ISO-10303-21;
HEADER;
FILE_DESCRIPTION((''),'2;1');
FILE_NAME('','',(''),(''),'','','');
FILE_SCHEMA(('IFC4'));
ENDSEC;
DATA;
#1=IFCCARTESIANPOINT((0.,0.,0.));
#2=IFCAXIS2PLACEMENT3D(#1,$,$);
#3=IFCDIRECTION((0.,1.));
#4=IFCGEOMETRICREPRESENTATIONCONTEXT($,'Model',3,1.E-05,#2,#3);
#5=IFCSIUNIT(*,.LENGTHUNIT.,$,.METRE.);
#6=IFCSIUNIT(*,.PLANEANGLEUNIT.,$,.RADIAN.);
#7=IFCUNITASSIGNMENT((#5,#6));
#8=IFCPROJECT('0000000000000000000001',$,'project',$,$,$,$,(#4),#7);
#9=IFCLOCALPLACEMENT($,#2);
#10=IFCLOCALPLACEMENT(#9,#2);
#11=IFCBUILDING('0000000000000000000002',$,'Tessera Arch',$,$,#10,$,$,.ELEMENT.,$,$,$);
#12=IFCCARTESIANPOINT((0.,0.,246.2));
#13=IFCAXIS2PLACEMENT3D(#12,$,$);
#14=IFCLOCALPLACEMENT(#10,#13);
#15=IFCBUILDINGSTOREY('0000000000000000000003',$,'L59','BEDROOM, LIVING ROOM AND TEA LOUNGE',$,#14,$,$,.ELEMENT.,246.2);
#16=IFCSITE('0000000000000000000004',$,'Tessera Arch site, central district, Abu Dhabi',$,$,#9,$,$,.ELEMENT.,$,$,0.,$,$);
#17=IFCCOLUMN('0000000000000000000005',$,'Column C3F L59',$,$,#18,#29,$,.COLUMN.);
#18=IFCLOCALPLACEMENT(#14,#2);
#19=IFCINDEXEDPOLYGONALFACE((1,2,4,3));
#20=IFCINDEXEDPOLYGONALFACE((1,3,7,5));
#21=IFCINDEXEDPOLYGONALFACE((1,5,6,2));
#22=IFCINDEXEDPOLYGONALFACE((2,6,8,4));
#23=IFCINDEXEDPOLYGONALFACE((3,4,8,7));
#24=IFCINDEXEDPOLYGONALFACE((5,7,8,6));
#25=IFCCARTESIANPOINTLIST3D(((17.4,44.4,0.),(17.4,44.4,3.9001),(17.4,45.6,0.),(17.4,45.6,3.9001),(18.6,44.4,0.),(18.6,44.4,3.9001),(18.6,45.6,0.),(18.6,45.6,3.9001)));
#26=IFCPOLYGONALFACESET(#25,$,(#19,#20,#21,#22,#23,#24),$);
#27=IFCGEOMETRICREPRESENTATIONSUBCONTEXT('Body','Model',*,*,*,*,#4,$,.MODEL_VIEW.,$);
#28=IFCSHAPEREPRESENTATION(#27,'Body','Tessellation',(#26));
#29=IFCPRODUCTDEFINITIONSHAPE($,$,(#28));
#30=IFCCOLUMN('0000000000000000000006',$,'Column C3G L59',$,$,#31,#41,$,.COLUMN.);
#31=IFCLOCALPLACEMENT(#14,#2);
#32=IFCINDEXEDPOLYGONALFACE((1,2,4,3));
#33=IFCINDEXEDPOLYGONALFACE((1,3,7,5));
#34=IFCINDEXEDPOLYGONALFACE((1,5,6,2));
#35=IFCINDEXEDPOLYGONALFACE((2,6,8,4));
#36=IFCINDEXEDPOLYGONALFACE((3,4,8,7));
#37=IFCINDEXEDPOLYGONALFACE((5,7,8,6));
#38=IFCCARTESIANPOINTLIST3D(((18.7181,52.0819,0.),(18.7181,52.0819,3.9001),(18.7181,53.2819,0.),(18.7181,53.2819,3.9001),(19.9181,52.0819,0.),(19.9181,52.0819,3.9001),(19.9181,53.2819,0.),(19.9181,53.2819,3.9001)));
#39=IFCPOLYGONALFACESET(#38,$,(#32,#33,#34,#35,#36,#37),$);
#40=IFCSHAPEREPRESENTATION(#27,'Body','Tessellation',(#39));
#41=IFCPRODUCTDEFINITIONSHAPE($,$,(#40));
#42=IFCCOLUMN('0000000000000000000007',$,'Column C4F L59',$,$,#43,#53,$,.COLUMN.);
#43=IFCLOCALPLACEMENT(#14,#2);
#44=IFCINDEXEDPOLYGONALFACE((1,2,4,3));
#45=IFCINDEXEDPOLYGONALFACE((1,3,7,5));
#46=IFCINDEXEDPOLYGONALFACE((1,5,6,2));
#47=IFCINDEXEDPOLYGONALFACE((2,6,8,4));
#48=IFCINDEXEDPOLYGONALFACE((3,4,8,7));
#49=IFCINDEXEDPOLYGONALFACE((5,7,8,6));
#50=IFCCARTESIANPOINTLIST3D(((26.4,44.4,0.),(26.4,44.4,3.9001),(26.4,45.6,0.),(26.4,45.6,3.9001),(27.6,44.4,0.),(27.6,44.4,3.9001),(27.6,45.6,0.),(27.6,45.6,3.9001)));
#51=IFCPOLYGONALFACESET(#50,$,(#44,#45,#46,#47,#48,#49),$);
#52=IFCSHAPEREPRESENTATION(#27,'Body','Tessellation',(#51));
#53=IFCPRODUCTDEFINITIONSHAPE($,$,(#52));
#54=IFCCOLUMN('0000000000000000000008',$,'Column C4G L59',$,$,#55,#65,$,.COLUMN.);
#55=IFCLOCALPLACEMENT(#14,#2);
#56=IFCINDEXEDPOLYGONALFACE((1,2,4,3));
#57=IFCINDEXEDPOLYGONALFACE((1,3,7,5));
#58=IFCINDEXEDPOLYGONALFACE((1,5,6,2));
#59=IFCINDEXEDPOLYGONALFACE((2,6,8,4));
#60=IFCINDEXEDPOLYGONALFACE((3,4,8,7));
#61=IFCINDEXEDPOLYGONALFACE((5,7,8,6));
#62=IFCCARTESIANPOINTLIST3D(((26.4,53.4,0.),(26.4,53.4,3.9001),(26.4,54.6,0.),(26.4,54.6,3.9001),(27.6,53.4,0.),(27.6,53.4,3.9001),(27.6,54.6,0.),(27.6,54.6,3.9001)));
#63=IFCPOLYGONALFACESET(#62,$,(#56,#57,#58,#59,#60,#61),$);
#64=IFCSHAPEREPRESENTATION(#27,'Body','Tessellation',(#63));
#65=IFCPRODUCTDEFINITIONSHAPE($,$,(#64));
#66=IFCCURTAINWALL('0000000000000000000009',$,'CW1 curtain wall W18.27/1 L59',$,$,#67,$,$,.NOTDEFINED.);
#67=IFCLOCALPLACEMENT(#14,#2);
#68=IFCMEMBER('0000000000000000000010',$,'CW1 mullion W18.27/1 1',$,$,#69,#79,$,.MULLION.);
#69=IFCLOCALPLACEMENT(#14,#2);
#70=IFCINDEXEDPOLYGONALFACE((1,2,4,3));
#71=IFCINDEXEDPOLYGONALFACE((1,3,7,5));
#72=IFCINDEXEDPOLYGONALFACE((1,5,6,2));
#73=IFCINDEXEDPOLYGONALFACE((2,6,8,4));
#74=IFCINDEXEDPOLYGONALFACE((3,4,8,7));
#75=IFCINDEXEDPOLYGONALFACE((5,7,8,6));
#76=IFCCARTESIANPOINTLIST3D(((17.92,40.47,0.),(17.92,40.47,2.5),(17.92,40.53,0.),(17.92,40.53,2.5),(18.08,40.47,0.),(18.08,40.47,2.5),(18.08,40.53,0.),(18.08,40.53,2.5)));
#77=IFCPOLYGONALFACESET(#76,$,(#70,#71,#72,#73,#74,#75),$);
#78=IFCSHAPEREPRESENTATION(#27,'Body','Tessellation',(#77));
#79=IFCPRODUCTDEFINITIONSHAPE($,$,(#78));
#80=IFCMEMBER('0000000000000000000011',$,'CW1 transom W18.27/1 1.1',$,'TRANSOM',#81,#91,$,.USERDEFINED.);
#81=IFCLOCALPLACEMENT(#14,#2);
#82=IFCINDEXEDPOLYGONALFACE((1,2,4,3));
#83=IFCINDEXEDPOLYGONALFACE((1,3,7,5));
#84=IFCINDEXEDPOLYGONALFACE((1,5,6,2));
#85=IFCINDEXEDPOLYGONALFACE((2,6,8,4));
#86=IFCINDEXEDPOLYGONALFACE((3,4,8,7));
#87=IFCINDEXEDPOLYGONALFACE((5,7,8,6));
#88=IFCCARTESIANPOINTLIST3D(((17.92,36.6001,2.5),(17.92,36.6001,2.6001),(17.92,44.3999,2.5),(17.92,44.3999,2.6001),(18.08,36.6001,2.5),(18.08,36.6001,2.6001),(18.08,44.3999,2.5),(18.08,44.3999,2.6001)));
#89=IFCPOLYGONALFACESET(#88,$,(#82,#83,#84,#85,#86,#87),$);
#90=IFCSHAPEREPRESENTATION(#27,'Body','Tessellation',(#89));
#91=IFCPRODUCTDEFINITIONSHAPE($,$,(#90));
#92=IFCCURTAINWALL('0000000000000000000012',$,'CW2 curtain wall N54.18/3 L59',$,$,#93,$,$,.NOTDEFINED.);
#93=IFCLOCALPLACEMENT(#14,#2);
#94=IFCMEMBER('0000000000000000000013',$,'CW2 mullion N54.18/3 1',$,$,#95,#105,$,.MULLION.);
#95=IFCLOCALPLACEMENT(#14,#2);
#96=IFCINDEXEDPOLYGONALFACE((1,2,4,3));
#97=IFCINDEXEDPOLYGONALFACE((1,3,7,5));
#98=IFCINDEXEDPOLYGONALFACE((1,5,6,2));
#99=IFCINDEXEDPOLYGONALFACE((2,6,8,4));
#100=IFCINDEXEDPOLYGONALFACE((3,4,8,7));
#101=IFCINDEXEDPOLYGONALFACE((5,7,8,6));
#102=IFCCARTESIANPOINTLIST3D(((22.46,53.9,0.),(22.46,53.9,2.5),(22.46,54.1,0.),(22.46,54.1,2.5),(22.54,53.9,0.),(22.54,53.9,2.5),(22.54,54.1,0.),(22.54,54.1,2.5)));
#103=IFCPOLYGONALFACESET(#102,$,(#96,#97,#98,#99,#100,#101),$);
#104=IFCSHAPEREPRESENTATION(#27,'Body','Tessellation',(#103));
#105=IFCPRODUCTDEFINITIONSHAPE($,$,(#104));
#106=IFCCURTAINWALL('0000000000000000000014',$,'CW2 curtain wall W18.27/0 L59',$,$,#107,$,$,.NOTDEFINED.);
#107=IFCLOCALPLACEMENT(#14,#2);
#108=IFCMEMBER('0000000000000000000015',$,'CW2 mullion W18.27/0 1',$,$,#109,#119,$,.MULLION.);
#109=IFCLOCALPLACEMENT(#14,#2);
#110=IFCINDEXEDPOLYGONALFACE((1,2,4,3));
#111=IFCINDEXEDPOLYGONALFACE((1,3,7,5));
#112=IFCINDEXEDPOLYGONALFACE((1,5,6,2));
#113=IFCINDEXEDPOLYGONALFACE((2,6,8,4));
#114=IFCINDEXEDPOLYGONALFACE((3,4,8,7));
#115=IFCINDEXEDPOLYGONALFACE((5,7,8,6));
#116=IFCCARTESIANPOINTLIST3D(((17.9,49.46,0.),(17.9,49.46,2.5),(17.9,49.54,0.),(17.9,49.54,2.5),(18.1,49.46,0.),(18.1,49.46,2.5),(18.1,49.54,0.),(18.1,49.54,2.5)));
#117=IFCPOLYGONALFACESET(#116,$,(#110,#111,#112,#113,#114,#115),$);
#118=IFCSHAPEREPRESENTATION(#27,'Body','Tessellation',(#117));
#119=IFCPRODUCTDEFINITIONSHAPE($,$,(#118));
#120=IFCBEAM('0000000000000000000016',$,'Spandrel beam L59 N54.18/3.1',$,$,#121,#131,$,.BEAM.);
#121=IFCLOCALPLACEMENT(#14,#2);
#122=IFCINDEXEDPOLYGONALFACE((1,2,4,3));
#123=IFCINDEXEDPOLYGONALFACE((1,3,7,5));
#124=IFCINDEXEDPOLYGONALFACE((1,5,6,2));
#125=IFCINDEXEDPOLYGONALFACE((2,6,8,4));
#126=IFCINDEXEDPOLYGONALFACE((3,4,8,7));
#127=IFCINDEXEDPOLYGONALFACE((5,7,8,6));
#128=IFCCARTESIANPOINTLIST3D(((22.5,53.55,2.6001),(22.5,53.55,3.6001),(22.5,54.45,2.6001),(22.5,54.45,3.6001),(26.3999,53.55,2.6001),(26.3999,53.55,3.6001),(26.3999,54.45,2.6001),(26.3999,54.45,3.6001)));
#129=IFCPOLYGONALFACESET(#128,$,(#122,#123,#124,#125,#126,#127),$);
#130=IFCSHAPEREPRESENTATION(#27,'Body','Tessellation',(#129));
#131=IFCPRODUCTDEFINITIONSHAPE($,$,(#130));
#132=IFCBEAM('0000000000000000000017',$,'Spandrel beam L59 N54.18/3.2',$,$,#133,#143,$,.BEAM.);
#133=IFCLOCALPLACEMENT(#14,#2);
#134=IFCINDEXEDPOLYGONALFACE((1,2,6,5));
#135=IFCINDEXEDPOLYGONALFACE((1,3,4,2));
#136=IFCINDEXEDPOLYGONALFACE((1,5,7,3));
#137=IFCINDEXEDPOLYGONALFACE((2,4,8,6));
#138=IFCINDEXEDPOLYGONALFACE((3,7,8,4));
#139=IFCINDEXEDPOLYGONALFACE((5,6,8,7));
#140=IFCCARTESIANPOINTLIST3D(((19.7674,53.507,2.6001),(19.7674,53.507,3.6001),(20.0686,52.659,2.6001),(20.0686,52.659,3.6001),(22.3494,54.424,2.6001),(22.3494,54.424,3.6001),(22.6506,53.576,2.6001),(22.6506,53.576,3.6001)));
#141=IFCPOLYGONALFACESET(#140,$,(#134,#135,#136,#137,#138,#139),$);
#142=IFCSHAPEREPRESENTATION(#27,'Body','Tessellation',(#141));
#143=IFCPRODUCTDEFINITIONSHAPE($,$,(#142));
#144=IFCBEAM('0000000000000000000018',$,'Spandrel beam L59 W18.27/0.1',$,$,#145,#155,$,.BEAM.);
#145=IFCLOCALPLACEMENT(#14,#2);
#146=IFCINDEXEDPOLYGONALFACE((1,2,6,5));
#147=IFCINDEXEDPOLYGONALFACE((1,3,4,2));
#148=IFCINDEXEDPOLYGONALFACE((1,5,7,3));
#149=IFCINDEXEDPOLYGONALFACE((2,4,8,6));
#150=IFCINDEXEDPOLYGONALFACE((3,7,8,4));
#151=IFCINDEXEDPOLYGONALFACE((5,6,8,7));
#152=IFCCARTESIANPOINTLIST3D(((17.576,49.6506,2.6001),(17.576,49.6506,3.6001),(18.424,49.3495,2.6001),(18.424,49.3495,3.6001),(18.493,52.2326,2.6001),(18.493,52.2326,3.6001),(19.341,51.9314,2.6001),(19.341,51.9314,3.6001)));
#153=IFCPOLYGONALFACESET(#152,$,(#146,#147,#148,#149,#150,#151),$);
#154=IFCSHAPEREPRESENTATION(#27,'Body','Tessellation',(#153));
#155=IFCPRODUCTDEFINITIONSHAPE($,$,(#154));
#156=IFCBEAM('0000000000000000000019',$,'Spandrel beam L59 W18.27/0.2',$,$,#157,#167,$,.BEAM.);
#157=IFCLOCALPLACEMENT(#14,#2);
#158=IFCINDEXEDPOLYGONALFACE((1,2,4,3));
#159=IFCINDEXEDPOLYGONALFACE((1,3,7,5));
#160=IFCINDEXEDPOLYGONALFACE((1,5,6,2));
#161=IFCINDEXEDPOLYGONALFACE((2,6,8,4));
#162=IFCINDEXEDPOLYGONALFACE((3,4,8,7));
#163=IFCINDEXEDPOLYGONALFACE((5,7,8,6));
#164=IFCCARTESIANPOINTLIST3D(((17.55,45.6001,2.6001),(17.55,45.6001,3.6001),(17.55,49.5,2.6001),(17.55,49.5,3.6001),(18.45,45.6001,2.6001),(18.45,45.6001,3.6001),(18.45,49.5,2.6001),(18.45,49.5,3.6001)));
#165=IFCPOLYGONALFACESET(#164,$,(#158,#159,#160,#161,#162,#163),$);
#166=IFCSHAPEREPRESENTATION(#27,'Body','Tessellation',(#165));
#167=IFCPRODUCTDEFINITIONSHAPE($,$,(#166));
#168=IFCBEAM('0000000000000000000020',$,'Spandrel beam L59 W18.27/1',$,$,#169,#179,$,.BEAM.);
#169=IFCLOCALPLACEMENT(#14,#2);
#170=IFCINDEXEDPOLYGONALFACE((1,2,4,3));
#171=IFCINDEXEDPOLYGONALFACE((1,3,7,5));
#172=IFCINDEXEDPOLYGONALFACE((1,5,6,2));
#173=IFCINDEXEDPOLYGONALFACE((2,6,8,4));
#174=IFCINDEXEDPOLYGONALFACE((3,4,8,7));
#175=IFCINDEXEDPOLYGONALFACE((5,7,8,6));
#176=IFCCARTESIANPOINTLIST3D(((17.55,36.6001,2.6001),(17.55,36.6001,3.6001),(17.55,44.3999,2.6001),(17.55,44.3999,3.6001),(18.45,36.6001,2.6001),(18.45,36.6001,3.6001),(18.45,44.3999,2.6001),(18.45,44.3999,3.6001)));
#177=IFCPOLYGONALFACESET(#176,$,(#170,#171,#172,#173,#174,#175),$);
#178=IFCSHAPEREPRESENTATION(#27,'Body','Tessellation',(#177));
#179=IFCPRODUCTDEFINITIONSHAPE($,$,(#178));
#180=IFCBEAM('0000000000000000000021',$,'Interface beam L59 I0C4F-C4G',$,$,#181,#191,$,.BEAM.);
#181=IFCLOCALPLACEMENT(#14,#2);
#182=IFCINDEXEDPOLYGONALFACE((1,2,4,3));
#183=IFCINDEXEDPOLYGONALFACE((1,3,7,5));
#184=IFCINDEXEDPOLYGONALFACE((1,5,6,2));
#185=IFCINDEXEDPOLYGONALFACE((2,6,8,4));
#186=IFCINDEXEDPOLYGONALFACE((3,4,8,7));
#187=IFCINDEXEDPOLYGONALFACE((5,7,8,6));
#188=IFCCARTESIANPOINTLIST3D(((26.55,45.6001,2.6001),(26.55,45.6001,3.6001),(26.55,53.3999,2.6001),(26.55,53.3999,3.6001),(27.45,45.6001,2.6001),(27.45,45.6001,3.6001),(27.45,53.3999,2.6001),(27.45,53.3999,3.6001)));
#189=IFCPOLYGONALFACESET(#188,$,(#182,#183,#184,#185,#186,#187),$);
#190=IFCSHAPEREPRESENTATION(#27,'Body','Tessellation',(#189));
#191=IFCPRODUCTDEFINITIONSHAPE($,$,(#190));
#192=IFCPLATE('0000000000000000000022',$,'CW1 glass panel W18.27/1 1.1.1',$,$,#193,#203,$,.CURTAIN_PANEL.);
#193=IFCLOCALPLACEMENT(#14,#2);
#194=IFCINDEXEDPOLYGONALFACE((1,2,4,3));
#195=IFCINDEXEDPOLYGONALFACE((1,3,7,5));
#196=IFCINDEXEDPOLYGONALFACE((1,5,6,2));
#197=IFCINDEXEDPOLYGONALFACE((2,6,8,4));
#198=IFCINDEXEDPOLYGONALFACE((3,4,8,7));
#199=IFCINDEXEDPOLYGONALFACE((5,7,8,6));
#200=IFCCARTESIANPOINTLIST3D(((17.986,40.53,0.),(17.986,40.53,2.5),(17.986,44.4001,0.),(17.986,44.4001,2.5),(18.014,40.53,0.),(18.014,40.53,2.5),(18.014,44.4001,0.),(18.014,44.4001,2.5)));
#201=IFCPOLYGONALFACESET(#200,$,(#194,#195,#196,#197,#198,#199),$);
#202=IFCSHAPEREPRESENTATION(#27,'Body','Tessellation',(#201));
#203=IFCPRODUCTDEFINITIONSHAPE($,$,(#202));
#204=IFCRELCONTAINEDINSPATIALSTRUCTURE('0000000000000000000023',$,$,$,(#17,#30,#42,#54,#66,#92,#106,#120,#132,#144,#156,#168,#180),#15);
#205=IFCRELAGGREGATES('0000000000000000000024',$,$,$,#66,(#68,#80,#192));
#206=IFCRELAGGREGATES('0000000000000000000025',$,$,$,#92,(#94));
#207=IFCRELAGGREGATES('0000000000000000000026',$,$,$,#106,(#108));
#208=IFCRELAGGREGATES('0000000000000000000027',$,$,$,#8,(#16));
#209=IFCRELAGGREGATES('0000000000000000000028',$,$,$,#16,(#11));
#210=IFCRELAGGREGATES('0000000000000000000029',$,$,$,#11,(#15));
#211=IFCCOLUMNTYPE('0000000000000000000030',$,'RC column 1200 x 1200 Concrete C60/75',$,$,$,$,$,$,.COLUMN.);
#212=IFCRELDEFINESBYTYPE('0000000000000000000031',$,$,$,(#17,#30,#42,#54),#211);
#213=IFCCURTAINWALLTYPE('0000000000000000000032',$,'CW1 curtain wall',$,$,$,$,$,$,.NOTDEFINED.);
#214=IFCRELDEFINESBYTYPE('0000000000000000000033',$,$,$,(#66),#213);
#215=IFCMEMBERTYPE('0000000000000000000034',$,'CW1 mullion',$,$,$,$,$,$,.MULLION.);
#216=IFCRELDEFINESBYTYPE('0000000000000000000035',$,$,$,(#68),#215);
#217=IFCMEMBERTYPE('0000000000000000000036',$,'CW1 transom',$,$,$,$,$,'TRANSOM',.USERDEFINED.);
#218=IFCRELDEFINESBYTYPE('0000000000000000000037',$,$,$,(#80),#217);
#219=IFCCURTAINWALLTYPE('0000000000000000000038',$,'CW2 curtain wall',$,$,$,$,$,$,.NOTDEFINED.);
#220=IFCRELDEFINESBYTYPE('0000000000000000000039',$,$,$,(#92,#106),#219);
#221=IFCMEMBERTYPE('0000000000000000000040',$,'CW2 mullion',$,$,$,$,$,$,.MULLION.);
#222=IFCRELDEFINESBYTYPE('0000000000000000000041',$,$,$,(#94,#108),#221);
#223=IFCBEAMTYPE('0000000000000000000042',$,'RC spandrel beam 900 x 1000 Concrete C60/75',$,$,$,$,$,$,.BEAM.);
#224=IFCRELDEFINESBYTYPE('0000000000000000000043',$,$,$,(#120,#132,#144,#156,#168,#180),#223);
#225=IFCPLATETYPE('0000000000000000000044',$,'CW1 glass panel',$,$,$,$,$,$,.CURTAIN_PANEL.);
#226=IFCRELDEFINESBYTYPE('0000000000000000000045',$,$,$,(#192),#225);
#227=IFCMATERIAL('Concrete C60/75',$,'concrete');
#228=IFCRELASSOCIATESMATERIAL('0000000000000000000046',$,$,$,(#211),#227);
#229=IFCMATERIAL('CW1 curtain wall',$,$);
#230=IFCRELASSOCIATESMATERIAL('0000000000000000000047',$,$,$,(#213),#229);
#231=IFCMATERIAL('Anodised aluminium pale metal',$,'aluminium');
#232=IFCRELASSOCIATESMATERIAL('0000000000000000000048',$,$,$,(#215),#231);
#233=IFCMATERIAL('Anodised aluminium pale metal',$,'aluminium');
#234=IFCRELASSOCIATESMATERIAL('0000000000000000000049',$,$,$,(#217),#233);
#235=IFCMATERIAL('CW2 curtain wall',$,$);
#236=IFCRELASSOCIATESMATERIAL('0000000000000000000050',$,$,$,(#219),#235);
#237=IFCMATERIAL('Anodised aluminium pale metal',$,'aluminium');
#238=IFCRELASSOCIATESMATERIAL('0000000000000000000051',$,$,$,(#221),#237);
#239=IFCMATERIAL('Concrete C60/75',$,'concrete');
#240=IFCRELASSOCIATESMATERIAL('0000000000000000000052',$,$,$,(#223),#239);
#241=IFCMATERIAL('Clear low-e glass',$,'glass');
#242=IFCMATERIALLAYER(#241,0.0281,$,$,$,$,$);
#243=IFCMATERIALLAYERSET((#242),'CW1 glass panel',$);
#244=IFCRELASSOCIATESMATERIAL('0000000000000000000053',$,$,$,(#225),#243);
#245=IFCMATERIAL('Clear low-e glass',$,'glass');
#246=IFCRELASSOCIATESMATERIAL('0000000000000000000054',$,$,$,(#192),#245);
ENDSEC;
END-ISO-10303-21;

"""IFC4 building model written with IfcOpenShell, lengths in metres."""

from ifc_helpers import new_model, si_unit, direction, frame, origin, origin_2d, place, context, subcontext, project, spatial, rectangle, extrude, material, layer, layer_set, material_profile, profile_set, type_object, element, aggregate, save


model = new_model("IFC4")

# Units and contexts
model_context = context("Model", 3, precision=1e-05, world=origin(), true_north=direction((0.0, 1.0)))
body_context = subcontext(model_context, "Body", "Model", "MODEL_VIEW")
ifc_project = project(units=[si_unit("LENGTHUNIT", "METRE"), si_unit("PLANEANGLEUNIT", "RADIAN")], contexts=[model_context])

# Site, building, storey
site_placement = place(None, origin())
site = spatial("IfcSite", under=ifc_project, at=site_placement, Name="Tessera Arch site, central district, Abu Dhabi", CompositionType="ELEMENT", RefElevation=0.0)
building_placement = place(site_placement, origin())
building = spatial("IfcBuilding", under=site, at=building_placement, Name="Tessera Arch", CompositionType="ELEMENT")
storey_placement = place(building_placement, frame((0.0, 0.0, 246.2)))
storey = spatial("IfcBuildingStorey", under=building, at=storey_placement, Name="L59", Description="BEDROOM, LIVING ROOM AND TEA LOUNGE", CompositionType="ELEMENT", Elevation=246.2)

# Columns
ifc_material_1 = material(Name="Concrete C60/75", Category="concrete")
ifc_material_profile_1 = material_profile(ifc_material_1, rectangle(XDim=1.2, YDim=1.2, at=origin_2d()), Name="RC column 1200 x 1200 Concrete C60/75")
ifc_profile_set_1 = profile_set([ifc_material_profile_1], Name="Concrete C60/75")
column_type = type_object("IfcColumnType", Name="RC column 1200 x 1200 Concrete C60/75", PredefinedType="COLUMN", material=ifc_profile_set_1)
for number, where, z_axis, x_axis, name in (
    (1, (18.0, 45.0, 0.0), (0.0, 0.0, 1.0), (1.0, 0.0, 0.0), "Column C3F L59"),
    (2, (19.3181, 52.6819, 0.0), (0.0, 0.0, 1.0), (1.0, 0.0, 0.0), "Column C3G L59"),
    (3, (27.0, 45.0, 0.0), (0.0, 0.0, 1.0), (1.0, 0.0, 0.0), "Column C4F L59"),
    (4, (27.0, 54.0, 0.0), (0.0, 0.0, 1.0), (1.0, 0.0, 0.0), "Column C4G L59"),
):
    element("IfcColumn", number, at=place(storey_placement, frame(where, z_axis=z_axis, x_axis=x_axis)), inside=storey, type_object=column_type, Name=name, PredefinedType="COLUMN", context=body_context, shape_type="SweptSolid", body=[
        extrude(rectangle(XDim=1.2, YDim=1.2, at=origin_2d()), origin(), (0.0, 0.0, 1.0), 3.9001),
    ])

# Curtain wall, members
ifc_material_2 = material(Name="CW1 curtain wall")
curtain_wall_type_1 = type_object("IfcCurtainWallType", Name="CW1 curtain wall", PredefinedType="NOTDEFINED", material=ifc_material_2)
curtain_wall_1_placement = place(storey_placement, origin())
curtain_wall_1 = element("IfcCurtainWall", 5, at=curtain_wall_1_placement, inside=storey, type_object=curtain_wall_type_1, Name="CW1 curtain wall W18.27/1 L59", PredefinedType="NOTDEFINED")
ifc_material_3 = material(Name="Anodised aluminium pale metal", Category="aluminium")
ifc_material_profile_2 = material_profile(ifc_material_3, rectangle(XDim=0.1599, YDim=0.0601, at=origin_2d()), Name="AL 60x160")
ifc_profile_set_2 = profile_set([ifc_material_profile_2], Name="Anodised aluminium pale metal")
member_type_1 = type_object("IfcMemberType", Name="CW1 mullion", PredefinedType="MULLION", material=ifc_profile_set_2)
member_1_placement = place(storey_placement, frame((18.0, 40.5, 0.0), z_axis=(0.0, 0.0, 1.0), x_axis=(1.0, 0.0, 0.0)))
member_1 = element("IfcMember", 6, at=member_1_placement, type_object=member_type_1, Name="CW1 mullion W18.27/1 1", PredefinedType="MULLION", context=body_context, shape_type="SweptSolid", body=[
    extrude(rectangle(XDim=0.1599, YDim=0.0601, at=origin_2d()), origin(), (0.0, 0.0, 1.0), 2.5),
])
ifc_material_4 = material(Name="Anodised aluminium pale metal", Category="aluminium")
ifc_material_profile_3 = material_profile(ifc_material_4, rectangle(XDim=0.1599, YDim=0.1001, at=origin_2d()), Name="AL 160x100")
ifc_profile_set_3 = profile_set([ifc_material_profile_3], Name="Anodised aluminium pale metal")
member_type_2 = type_object("IfcMemberType", Name="CW1 transom", ElementType="TRANSOM", PredefinedType="USERDEFINED", material=ifc_profile_set_3)
member_2_placement = place(storey_placement, frame((18.0, 44.3999, 2.55), z_axis=(0.0, -1.0, 0.0), x_axis=(1.0, 0.0, 0.0)))
member_2 = element("IfcMember", 7, at=member_2_placement, type_object=member_type_2, Name="CW1 transom W18.27/1 1.1", ObjectType="TRANSOM", PredefinedType="USERDEFINED", context=body_context, shape_type="SweptSolid", body=[
    extrude(rectangle(XDim=0.1599, YDim=0.1001, at=origin_2d()), origin(), (0.0, 0.0, 1.0), 7.7998),
])

# Curtain walls, members
ifc_material_5 = material(Name="CW2 curtain wall")
curtain_wall_type_2 = type_object("IfcCurtainWallType", Name="CW2 curtain wall", PredefinedType="NOTDEFINED", material=ifc_material_5)
curtain_wall_2_placement = place(storey_placement, origin())
curtain_wall_2 = element("IfcCurtainWall", 8, at=curtain_wall_2_placement, inside=storey, type_object=curtain_wall_type_2, Name="CW2 curtain wall N54.18/3 L59", PredefinedType="NOTDEFINED")
ifc_material_6 = material(Name="Anodised aluminium pale metal", Category="aluminium")
ifc_material_profile_4 = material_profile(ifc_material_6, rectangle(XDim=0.2, YDim=0.0801, at=origin_2d()), Name="AL 80x200")
ifc_profile_set_4 = profile_set([ifc_material_profile_4], Name="Anodised aluminium pale metal")
member_type_3 = type_object("IfcMemberType", Name="CW2 mullion", PredefinedType="MULLION", material=ifc_profile_set_4)
member_3_placement = place(storey_placement, frame((22.5, 54.0, 0.0), z_axis=(0.0, 0.0, 1.0), x_axis=(0.0, -1.0, 0.0)))
member_3 = element("IfcMember", 9, at=member_3_placement, type_object=member_type_3, Name="CW2 mullion N54.18/3 1", PredefinedType="MULLION", context=body_context, shape_type="SweptSolid", body=[
    extrude(rectangle(XDim=0.2, YDim=0.0801, at=origin_2d()), origin(), (0.0, 0.0, 1.0), 2.5),
])
curtain_wall_3_placement = place(storey_placement, origin())
curtain_wall_3 = element("IfcCurtainWall", 10, at=curtain_wall_3_placement, inside=storey, type_object=curtain_wall_type_2, Name="CW2 curtain wall W18.27/0 L59", PredefinedType="NOTDEFINED")
member_4_placement = place(storey_placement, frame((18.0, 49.5, 0.0), z_axis=(0.0, 0.0, 1.0), x_axis=(1.0, 0.0, 0.0)))
member_4 = element("IfcMember", 11, at=member_4_placement, type_object=member_type_3, Name="CW2 mullion W18.27/0 1", PredefinedType="MULLION", context=body_context, shape_type="SweptSolid", body=[
    extrude(rectangle(XDim=0.2, YDim=0.0801, at=origin_2d()), origin(), (0.0, 0.0, 1.0), 2.5),
])

# Beams
ifc_material_7 = material(Name="Concrete C60/75", Category="concrete")
ifc_material_profile_5 = material_profile(ifc_material_7, rectangle(XDim=0.8999, YDim=1.0, at=origin_2d()), Name="RC spandrel beam 900 x 1000 Concrete C60/75")
ifc_profile_set_5 = profile_set([ifc_material_profile_5], Name="Concrete C60/75")
beam_type = type_object("IfcBeamType", Name="RC spandrel beam 900 x 1000 Concrete C60/75", PredefinedType="BEAM", material=ifc_profile_set_5)
beam_1_placement = place(storey_placement, frame((26.3999, 54.0, 3.1001), z_axis=(-1.0, 0.0, 0.0), x_axis=(0.0, -1.0, 0.0)))
element("IfcBeam", 12, at=beam_1_placement, inside=storey, type_object=beam_type, Name="Spandrel beam L59 N54.18/3.1", PredefinedType="BEAM", context=body_context, shape_type="SweptSolid", body=[
    extrude(rectangle(XDim=0.8999, YDim=1.0, at=origin_2d()), origin(), (0.0, 0.0, 1.0), 3.8999),
])
for number, where, z_axis, x_axis, name in (
    (13, (22.5, 54.0, 3.1001), (-0.942337, -0.334665, 0.0), (0.334665, -0.942337, 0.0), "Spandrel beam L59 N54.18/3.2"),
    (14, (18.917, 52.082, 3.1001), (-0.334665, -0.942337, 0.0), (0.942337, -0.334665, 0.0), "Spandrel beam L59 W18.27/0.1"),
):
    element("IfcBeam", number, at=place(storey_placement, frame(where, z_axis=z_axis, x_axis=x_axis)), inside=storey, type_object=beam_type, Name=name, PredefinedType="BEAM", context=body_context, shape_type="SweptSolid", body=[
        extrude(rectangle(XDim=0.8999, YDim=1.0, at=origin_2d()), origin(), (0.0, 0.0, 1.0), 2.74),
    ])
beam_2_placement = place(storey_placement, frame((18.0, 49.5, 3.1001), z_axis=(0.0, -1.0, 0.0), x_axis=(1.0, 0.0, 0.0)))
element("IfcBeam", 15, at=beam_2_placement, inside=storey, type_object=beam_type, Name="Spandrel beam L59 W18.27/0.2", PredefinedType="BEAM", context=body_context, shape_type="SweptSolid", body=[
    extrude(rectangle(XDim=0.8999, YDim=1.0, at=origin_2d()), origin(), (0.0, 0.0, 1.0), 3.8999),
])
for number, where, z_axis, x_axis, name in (
    (16, (18.0, 44.3999, 3.1001), (0.0, -1.0, 0.0), (1.0, 0.0, 0.0), "Spandrel beam L59 W18.27/1"),
    (17, (27.0, 45.6001, 3.1001), (0.0, 1.0, 0.0), (-1.0, 0.0, 0.0), "Interface beam L59 I0C4F-C4G"),
):
    element("IfcBeam", number, at=place(storey_placement, frame(where, z_axis=z_axis, x_axis=x_axis)), inside=storey, type_object=beam_type, Name=name, PredefinedType="BEAM", context=body_context, shape_type="SweptSolid", body=[
        extrude(rectangle(XDim=0.8999, YDim=1.0, at=origin_2d()), origin(), (0.0, 0.0, 1.0), 7.7998),
    ])

# Plate
ifc_material_8 = material(Name="Clear low-e glass", Category="glass")
ifc_material_9 = material(Name="Clear low-e glass", Category="glass")
ifc_layer_1 = layer(ifc_material_9, 0.0281)
ifc_layer_set_1 = layer_set([ifc_layer_1], Name="CW1 glass panel")
plate_type_1 = type_object("IfcPlateType", Name="CW1 glass panel", PredefinedType="CURTAIN_PANEL", material=ifc_layer_set_1)
plate_1_placement = place(storey_placement, frame((18.0, 42.4651, 0.0), z_axis=(0.0, 0.0, 1.0), x_axis=(0.0, -1.0, 0.0)))
plate_1 = element("IfcPlate", 18, at=plate_1_placement, type_object=plate_type_1, material=ifc_material_8, Name="CW1 glass panel W18.27/1 1.1.1", PredefinedType="CURTAIN_PANEL", context=body_context, shape_type="SweptSolid", body=[
    extrude(rectangle(XDim=3.8701, YDim=0.0281, at=origin_2d()), origin(), (0.0, 0.0, 1.0), 2.5),
])
aggregate(curtain_wall_1, [member_1, member_2, plate_1])
aggregate(curtain_wall_2, [member_3])
aggregate(curtain_wall_3, [member_4])

save(model, "model.ifc")
